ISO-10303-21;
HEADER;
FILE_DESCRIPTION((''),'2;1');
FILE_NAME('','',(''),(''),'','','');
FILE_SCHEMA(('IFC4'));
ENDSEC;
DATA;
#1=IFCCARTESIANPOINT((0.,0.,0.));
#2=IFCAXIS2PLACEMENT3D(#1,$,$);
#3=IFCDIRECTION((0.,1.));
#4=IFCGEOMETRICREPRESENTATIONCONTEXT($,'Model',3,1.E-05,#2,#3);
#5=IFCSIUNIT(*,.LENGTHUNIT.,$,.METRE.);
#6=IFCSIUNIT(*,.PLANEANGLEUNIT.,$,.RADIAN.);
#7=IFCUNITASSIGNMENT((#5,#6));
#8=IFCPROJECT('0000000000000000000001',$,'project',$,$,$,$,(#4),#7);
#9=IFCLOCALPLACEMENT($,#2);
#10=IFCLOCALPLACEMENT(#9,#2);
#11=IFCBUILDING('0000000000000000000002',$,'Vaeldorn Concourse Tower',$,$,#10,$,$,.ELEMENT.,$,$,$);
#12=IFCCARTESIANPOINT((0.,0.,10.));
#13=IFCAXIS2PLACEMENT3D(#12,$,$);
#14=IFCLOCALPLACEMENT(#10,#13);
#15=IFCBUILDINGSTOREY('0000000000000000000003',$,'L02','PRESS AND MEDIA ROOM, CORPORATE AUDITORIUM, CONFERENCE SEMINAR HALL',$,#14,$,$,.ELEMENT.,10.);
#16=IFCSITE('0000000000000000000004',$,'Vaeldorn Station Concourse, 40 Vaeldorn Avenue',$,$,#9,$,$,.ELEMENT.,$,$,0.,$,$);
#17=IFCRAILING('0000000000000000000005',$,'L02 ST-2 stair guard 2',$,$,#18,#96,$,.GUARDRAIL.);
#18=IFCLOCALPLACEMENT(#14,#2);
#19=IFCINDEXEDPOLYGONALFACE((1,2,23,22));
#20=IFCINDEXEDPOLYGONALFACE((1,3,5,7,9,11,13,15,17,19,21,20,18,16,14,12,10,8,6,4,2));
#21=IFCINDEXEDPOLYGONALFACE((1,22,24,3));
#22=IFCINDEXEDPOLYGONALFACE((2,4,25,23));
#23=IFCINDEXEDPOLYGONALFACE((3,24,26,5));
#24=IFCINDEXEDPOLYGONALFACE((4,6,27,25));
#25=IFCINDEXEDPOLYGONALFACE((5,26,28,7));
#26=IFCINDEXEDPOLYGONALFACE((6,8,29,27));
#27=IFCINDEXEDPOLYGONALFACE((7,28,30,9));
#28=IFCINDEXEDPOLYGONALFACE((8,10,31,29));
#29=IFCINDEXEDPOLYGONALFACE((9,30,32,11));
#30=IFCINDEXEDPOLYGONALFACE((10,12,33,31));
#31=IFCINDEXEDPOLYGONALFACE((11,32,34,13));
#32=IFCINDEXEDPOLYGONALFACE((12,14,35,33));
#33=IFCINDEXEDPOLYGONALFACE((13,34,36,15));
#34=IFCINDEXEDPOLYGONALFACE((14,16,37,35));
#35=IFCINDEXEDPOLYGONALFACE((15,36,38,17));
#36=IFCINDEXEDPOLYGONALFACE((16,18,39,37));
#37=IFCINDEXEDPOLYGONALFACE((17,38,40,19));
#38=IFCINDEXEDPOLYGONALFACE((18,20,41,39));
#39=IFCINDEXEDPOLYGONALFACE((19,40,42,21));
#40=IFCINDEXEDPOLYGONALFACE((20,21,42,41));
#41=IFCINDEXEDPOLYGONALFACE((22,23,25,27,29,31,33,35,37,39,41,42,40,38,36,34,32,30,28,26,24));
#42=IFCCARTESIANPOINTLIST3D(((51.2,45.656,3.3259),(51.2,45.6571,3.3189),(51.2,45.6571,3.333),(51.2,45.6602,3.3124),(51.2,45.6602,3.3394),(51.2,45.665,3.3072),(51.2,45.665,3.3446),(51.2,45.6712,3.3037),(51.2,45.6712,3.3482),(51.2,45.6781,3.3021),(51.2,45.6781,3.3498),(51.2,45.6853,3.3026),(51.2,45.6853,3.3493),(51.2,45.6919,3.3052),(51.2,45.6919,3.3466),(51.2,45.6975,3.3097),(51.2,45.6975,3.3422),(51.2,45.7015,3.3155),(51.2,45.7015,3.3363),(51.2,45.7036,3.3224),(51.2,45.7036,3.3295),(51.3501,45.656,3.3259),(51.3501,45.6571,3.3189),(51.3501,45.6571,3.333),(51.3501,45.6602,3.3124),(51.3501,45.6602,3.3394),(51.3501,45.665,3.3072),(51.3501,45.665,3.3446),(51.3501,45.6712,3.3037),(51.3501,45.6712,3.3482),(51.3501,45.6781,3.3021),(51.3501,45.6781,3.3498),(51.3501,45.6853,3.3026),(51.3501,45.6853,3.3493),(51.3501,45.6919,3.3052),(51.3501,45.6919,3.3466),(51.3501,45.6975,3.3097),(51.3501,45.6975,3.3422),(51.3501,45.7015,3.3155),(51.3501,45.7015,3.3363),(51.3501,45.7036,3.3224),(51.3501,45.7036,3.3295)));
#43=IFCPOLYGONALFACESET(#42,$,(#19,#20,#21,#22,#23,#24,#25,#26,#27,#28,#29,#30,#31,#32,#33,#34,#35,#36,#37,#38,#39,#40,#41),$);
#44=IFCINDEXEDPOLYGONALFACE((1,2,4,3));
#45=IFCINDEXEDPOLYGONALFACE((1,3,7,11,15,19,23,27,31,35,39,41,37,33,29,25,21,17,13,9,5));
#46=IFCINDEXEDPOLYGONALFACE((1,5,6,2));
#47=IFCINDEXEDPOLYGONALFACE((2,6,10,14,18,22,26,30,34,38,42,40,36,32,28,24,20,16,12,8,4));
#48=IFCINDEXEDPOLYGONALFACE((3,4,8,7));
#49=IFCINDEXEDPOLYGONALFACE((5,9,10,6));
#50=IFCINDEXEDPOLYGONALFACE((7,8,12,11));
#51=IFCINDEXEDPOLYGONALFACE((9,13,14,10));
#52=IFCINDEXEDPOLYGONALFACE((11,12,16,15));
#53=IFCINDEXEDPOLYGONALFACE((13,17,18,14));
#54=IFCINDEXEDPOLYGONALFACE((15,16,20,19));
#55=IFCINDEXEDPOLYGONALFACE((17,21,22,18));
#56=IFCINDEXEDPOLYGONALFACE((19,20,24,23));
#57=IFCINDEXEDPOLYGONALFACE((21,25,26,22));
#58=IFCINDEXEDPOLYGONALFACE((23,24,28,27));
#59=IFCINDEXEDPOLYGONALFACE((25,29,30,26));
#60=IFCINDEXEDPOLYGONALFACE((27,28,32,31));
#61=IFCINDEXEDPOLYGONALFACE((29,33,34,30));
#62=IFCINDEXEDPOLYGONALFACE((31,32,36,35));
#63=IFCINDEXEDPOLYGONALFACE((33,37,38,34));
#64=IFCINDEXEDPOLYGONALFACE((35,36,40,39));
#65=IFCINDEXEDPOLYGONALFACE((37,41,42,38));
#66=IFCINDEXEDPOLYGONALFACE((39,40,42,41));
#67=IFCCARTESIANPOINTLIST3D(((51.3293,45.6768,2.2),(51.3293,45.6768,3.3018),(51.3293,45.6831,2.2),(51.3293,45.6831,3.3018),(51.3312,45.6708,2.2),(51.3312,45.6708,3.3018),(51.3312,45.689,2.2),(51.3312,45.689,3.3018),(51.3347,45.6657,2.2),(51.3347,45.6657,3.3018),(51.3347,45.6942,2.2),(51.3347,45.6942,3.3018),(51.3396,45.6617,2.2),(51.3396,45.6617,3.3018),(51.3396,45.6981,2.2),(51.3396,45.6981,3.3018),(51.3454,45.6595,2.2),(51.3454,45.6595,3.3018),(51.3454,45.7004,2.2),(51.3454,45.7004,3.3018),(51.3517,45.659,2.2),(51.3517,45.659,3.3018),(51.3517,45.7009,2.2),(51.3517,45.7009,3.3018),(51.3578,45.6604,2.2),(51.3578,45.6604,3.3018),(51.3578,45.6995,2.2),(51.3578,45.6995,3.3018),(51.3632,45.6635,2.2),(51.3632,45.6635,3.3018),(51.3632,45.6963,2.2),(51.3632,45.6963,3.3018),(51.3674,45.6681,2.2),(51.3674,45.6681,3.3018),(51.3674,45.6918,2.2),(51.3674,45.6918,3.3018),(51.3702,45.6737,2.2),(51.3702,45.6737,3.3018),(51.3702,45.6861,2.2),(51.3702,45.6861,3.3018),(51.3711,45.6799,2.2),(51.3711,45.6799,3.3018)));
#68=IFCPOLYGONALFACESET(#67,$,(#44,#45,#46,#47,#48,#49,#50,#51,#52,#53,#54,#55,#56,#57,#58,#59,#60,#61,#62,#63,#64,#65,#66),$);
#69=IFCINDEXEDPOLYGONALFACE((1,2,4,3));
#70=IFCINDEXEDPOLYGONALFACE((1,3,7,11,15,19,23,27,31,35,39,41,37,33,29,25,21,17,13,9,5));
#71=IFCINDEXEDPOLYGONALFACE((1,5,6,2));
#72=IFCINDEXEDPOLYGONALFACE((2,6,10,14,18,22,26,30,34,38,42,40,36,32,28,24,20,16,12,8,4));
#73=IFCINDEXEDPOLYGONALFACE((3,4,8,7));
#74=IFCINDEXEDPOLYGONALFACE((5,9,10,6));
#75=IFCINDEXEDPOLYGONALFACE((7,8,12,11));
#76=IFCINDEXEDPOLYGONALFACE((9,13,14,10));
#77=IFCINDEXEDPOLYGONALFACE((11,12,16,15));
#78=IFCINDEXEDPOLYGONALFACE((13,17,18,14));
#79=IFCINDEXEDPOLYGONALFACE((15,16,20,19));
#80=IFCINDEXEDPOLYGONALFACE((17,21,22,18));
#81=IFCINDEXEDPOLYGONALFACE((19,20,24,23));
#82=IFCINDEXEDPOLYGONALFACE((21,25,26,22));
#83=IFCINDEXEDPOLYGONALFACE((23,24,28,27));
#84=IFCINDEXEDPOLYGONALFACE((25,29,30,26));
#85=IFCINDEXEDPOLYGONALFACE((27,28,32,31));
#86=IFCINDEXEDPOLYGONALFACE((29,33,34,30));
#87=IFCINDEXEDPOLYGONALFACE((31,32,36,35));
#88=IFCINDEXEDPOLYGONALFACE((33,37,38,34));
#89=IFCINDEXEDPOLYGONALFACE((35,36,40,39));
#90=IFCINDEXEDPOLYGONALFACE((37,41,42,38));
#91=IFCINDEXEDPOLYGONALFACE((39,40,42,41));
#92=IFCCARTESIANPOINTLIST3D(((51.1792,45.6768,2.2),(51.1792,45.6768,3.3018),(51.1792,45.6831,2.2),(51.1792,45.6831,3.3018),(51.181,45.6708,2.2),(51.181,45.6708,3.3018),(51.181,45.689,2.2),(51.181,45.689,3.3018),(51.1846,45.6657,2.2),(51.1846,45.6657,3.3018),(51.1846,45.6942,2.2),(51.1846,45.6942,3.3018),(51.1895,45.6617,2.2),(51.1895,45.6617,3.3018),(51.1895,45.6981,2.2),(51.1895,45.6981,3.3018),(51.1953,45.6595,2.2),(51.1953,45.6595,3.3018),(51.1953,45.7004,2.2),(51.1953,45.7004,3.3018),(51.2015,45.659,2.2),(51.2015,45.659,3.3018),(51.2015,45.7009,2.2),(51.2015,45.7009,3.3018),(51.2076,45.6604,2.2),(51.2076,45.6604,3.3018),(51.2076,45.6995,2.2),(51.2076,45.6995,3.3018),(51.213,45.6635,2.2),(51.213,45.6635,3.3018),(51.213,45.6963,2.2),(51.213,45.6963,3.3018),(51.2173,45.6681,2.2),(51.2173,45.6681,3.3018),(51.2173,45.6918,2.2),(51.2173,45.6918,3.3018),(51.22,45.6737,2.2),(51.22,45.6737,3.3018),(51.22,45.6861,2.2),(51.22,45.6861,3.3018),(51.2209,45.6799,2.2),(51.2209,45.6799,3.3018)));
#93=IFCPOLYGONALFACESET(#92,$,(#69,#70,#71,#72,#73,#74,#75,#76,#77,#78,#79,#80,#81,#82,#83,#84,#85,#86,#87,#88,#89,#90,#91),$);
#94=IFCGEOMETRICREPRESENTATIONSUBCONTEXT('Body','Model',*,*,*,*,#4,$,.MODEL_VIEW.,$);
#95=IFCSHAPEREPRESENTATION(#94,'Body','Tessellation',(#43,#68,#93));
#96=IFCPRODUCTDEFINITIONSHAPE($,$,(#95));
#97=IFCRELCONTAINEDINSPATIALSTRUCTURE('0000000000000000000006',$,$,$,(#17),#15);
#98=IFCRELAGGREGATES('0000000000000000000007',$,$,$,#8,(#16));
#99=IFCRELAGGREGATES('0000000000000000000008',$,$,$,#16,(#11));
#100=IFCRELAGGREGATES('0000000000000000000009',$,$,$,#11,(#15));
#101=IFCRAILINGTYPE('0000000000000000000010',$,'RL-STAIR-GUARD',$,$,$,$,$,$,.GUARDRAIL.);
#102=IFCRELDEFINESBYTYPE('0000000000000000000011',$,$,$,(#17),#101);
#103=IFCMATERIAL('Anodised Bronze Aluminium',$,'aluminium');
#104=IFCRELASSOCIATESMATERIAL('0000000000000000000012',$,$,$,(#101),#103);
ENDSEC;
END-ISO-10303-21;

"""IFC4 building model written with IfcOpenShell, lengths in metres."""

from ifc_helpers import new_model, si_unit, direction, frame, origin, origin_2d, place, context, subcontext, project, spatial, circle, extrude, material, type_object, element, save


model = new_model("IFC4")

# Units and contexts
model_context = context("Model", 3, precision=1e-05, world=origin(), true_north=direction((0.0, 1.0)))
body_context = subcontext(model_context, "Body", "Model", "MODEL_VIEW")
ifc_project = project(units=[si_unit("LENGTHUNIT", "METRE"), si_unit("PLANEANGLEUNIT", "RADIAN")], contexts=[model_context])

# Site, building, storey
site_placement = place(None, origin())
site = spatial("IfcSite", under=ifc_project, at=site_placement, Name="Vaeldorn Station Concourse, 40 Vaeldorn Avenue", CompositionType="ELEMENT", RefElevation=0.0)
building_placement = place(site_placement, origin())
building = spatial("IfcBuilding", under=site, at=building_placement, Name="Vaeldorn Concourse Tower", CompositionType="ELEMENT")
storey_placement = place(building_placement, frame((0.0, 0.0, 10.0)))
storey = spatial("IfcBuildingStorey", under=building, at=storey_placement, Name="L02", Description="PRESS AND MEDIA ROOM, CORPORATE AUDITORIUM, CONFERENCE SEMINAR HALL", CompositionType="ELEMENT", Elevation=10.0)

# Shared definitions
ifc_material_1 = material(Name="Anodised Bronze Aluminium", Category="aluminium")

# Railing
railing_type_1 = type_object("IfcRailingType", Name="RL-STAIR-GUARD", PredefinedType="GUARDRAIL", material=ifc_material_1)
railing_1_placement = place(storey_placement, frame((51.3501, 45.6799, 2.2)))
element("IfcRailing", 1, at=railing_1_placement, inside=storey, type_object=railing_type_1, Name="L02 ST-2 stair guard 2", PredefinedType="GUARDRAIL", context=body_context, shape_type="SweptSolid", body=[
    extrude(circle(Radius=0.0239, at=origin_2d()), frame((0.0, 0.0, 1.126), z_axis=(-1.0, 0.0, 0.0), x_axis=(0.0, -1.0, 0.0)), (0.0, 0.0, 1.0), 0.1501),
    extrude(circle(Radius=0.021, at=origin_2d()), origin(), (0.0, 0.0, 1.0), 1.1018),
    extrude(circle(Radius=0.021, at=origin_2d()), frame((-0.1501, 0.0, 0.0)), (0.0, 0.0, 1.0), 1.1018),
])

save(model, "model.ifc")
